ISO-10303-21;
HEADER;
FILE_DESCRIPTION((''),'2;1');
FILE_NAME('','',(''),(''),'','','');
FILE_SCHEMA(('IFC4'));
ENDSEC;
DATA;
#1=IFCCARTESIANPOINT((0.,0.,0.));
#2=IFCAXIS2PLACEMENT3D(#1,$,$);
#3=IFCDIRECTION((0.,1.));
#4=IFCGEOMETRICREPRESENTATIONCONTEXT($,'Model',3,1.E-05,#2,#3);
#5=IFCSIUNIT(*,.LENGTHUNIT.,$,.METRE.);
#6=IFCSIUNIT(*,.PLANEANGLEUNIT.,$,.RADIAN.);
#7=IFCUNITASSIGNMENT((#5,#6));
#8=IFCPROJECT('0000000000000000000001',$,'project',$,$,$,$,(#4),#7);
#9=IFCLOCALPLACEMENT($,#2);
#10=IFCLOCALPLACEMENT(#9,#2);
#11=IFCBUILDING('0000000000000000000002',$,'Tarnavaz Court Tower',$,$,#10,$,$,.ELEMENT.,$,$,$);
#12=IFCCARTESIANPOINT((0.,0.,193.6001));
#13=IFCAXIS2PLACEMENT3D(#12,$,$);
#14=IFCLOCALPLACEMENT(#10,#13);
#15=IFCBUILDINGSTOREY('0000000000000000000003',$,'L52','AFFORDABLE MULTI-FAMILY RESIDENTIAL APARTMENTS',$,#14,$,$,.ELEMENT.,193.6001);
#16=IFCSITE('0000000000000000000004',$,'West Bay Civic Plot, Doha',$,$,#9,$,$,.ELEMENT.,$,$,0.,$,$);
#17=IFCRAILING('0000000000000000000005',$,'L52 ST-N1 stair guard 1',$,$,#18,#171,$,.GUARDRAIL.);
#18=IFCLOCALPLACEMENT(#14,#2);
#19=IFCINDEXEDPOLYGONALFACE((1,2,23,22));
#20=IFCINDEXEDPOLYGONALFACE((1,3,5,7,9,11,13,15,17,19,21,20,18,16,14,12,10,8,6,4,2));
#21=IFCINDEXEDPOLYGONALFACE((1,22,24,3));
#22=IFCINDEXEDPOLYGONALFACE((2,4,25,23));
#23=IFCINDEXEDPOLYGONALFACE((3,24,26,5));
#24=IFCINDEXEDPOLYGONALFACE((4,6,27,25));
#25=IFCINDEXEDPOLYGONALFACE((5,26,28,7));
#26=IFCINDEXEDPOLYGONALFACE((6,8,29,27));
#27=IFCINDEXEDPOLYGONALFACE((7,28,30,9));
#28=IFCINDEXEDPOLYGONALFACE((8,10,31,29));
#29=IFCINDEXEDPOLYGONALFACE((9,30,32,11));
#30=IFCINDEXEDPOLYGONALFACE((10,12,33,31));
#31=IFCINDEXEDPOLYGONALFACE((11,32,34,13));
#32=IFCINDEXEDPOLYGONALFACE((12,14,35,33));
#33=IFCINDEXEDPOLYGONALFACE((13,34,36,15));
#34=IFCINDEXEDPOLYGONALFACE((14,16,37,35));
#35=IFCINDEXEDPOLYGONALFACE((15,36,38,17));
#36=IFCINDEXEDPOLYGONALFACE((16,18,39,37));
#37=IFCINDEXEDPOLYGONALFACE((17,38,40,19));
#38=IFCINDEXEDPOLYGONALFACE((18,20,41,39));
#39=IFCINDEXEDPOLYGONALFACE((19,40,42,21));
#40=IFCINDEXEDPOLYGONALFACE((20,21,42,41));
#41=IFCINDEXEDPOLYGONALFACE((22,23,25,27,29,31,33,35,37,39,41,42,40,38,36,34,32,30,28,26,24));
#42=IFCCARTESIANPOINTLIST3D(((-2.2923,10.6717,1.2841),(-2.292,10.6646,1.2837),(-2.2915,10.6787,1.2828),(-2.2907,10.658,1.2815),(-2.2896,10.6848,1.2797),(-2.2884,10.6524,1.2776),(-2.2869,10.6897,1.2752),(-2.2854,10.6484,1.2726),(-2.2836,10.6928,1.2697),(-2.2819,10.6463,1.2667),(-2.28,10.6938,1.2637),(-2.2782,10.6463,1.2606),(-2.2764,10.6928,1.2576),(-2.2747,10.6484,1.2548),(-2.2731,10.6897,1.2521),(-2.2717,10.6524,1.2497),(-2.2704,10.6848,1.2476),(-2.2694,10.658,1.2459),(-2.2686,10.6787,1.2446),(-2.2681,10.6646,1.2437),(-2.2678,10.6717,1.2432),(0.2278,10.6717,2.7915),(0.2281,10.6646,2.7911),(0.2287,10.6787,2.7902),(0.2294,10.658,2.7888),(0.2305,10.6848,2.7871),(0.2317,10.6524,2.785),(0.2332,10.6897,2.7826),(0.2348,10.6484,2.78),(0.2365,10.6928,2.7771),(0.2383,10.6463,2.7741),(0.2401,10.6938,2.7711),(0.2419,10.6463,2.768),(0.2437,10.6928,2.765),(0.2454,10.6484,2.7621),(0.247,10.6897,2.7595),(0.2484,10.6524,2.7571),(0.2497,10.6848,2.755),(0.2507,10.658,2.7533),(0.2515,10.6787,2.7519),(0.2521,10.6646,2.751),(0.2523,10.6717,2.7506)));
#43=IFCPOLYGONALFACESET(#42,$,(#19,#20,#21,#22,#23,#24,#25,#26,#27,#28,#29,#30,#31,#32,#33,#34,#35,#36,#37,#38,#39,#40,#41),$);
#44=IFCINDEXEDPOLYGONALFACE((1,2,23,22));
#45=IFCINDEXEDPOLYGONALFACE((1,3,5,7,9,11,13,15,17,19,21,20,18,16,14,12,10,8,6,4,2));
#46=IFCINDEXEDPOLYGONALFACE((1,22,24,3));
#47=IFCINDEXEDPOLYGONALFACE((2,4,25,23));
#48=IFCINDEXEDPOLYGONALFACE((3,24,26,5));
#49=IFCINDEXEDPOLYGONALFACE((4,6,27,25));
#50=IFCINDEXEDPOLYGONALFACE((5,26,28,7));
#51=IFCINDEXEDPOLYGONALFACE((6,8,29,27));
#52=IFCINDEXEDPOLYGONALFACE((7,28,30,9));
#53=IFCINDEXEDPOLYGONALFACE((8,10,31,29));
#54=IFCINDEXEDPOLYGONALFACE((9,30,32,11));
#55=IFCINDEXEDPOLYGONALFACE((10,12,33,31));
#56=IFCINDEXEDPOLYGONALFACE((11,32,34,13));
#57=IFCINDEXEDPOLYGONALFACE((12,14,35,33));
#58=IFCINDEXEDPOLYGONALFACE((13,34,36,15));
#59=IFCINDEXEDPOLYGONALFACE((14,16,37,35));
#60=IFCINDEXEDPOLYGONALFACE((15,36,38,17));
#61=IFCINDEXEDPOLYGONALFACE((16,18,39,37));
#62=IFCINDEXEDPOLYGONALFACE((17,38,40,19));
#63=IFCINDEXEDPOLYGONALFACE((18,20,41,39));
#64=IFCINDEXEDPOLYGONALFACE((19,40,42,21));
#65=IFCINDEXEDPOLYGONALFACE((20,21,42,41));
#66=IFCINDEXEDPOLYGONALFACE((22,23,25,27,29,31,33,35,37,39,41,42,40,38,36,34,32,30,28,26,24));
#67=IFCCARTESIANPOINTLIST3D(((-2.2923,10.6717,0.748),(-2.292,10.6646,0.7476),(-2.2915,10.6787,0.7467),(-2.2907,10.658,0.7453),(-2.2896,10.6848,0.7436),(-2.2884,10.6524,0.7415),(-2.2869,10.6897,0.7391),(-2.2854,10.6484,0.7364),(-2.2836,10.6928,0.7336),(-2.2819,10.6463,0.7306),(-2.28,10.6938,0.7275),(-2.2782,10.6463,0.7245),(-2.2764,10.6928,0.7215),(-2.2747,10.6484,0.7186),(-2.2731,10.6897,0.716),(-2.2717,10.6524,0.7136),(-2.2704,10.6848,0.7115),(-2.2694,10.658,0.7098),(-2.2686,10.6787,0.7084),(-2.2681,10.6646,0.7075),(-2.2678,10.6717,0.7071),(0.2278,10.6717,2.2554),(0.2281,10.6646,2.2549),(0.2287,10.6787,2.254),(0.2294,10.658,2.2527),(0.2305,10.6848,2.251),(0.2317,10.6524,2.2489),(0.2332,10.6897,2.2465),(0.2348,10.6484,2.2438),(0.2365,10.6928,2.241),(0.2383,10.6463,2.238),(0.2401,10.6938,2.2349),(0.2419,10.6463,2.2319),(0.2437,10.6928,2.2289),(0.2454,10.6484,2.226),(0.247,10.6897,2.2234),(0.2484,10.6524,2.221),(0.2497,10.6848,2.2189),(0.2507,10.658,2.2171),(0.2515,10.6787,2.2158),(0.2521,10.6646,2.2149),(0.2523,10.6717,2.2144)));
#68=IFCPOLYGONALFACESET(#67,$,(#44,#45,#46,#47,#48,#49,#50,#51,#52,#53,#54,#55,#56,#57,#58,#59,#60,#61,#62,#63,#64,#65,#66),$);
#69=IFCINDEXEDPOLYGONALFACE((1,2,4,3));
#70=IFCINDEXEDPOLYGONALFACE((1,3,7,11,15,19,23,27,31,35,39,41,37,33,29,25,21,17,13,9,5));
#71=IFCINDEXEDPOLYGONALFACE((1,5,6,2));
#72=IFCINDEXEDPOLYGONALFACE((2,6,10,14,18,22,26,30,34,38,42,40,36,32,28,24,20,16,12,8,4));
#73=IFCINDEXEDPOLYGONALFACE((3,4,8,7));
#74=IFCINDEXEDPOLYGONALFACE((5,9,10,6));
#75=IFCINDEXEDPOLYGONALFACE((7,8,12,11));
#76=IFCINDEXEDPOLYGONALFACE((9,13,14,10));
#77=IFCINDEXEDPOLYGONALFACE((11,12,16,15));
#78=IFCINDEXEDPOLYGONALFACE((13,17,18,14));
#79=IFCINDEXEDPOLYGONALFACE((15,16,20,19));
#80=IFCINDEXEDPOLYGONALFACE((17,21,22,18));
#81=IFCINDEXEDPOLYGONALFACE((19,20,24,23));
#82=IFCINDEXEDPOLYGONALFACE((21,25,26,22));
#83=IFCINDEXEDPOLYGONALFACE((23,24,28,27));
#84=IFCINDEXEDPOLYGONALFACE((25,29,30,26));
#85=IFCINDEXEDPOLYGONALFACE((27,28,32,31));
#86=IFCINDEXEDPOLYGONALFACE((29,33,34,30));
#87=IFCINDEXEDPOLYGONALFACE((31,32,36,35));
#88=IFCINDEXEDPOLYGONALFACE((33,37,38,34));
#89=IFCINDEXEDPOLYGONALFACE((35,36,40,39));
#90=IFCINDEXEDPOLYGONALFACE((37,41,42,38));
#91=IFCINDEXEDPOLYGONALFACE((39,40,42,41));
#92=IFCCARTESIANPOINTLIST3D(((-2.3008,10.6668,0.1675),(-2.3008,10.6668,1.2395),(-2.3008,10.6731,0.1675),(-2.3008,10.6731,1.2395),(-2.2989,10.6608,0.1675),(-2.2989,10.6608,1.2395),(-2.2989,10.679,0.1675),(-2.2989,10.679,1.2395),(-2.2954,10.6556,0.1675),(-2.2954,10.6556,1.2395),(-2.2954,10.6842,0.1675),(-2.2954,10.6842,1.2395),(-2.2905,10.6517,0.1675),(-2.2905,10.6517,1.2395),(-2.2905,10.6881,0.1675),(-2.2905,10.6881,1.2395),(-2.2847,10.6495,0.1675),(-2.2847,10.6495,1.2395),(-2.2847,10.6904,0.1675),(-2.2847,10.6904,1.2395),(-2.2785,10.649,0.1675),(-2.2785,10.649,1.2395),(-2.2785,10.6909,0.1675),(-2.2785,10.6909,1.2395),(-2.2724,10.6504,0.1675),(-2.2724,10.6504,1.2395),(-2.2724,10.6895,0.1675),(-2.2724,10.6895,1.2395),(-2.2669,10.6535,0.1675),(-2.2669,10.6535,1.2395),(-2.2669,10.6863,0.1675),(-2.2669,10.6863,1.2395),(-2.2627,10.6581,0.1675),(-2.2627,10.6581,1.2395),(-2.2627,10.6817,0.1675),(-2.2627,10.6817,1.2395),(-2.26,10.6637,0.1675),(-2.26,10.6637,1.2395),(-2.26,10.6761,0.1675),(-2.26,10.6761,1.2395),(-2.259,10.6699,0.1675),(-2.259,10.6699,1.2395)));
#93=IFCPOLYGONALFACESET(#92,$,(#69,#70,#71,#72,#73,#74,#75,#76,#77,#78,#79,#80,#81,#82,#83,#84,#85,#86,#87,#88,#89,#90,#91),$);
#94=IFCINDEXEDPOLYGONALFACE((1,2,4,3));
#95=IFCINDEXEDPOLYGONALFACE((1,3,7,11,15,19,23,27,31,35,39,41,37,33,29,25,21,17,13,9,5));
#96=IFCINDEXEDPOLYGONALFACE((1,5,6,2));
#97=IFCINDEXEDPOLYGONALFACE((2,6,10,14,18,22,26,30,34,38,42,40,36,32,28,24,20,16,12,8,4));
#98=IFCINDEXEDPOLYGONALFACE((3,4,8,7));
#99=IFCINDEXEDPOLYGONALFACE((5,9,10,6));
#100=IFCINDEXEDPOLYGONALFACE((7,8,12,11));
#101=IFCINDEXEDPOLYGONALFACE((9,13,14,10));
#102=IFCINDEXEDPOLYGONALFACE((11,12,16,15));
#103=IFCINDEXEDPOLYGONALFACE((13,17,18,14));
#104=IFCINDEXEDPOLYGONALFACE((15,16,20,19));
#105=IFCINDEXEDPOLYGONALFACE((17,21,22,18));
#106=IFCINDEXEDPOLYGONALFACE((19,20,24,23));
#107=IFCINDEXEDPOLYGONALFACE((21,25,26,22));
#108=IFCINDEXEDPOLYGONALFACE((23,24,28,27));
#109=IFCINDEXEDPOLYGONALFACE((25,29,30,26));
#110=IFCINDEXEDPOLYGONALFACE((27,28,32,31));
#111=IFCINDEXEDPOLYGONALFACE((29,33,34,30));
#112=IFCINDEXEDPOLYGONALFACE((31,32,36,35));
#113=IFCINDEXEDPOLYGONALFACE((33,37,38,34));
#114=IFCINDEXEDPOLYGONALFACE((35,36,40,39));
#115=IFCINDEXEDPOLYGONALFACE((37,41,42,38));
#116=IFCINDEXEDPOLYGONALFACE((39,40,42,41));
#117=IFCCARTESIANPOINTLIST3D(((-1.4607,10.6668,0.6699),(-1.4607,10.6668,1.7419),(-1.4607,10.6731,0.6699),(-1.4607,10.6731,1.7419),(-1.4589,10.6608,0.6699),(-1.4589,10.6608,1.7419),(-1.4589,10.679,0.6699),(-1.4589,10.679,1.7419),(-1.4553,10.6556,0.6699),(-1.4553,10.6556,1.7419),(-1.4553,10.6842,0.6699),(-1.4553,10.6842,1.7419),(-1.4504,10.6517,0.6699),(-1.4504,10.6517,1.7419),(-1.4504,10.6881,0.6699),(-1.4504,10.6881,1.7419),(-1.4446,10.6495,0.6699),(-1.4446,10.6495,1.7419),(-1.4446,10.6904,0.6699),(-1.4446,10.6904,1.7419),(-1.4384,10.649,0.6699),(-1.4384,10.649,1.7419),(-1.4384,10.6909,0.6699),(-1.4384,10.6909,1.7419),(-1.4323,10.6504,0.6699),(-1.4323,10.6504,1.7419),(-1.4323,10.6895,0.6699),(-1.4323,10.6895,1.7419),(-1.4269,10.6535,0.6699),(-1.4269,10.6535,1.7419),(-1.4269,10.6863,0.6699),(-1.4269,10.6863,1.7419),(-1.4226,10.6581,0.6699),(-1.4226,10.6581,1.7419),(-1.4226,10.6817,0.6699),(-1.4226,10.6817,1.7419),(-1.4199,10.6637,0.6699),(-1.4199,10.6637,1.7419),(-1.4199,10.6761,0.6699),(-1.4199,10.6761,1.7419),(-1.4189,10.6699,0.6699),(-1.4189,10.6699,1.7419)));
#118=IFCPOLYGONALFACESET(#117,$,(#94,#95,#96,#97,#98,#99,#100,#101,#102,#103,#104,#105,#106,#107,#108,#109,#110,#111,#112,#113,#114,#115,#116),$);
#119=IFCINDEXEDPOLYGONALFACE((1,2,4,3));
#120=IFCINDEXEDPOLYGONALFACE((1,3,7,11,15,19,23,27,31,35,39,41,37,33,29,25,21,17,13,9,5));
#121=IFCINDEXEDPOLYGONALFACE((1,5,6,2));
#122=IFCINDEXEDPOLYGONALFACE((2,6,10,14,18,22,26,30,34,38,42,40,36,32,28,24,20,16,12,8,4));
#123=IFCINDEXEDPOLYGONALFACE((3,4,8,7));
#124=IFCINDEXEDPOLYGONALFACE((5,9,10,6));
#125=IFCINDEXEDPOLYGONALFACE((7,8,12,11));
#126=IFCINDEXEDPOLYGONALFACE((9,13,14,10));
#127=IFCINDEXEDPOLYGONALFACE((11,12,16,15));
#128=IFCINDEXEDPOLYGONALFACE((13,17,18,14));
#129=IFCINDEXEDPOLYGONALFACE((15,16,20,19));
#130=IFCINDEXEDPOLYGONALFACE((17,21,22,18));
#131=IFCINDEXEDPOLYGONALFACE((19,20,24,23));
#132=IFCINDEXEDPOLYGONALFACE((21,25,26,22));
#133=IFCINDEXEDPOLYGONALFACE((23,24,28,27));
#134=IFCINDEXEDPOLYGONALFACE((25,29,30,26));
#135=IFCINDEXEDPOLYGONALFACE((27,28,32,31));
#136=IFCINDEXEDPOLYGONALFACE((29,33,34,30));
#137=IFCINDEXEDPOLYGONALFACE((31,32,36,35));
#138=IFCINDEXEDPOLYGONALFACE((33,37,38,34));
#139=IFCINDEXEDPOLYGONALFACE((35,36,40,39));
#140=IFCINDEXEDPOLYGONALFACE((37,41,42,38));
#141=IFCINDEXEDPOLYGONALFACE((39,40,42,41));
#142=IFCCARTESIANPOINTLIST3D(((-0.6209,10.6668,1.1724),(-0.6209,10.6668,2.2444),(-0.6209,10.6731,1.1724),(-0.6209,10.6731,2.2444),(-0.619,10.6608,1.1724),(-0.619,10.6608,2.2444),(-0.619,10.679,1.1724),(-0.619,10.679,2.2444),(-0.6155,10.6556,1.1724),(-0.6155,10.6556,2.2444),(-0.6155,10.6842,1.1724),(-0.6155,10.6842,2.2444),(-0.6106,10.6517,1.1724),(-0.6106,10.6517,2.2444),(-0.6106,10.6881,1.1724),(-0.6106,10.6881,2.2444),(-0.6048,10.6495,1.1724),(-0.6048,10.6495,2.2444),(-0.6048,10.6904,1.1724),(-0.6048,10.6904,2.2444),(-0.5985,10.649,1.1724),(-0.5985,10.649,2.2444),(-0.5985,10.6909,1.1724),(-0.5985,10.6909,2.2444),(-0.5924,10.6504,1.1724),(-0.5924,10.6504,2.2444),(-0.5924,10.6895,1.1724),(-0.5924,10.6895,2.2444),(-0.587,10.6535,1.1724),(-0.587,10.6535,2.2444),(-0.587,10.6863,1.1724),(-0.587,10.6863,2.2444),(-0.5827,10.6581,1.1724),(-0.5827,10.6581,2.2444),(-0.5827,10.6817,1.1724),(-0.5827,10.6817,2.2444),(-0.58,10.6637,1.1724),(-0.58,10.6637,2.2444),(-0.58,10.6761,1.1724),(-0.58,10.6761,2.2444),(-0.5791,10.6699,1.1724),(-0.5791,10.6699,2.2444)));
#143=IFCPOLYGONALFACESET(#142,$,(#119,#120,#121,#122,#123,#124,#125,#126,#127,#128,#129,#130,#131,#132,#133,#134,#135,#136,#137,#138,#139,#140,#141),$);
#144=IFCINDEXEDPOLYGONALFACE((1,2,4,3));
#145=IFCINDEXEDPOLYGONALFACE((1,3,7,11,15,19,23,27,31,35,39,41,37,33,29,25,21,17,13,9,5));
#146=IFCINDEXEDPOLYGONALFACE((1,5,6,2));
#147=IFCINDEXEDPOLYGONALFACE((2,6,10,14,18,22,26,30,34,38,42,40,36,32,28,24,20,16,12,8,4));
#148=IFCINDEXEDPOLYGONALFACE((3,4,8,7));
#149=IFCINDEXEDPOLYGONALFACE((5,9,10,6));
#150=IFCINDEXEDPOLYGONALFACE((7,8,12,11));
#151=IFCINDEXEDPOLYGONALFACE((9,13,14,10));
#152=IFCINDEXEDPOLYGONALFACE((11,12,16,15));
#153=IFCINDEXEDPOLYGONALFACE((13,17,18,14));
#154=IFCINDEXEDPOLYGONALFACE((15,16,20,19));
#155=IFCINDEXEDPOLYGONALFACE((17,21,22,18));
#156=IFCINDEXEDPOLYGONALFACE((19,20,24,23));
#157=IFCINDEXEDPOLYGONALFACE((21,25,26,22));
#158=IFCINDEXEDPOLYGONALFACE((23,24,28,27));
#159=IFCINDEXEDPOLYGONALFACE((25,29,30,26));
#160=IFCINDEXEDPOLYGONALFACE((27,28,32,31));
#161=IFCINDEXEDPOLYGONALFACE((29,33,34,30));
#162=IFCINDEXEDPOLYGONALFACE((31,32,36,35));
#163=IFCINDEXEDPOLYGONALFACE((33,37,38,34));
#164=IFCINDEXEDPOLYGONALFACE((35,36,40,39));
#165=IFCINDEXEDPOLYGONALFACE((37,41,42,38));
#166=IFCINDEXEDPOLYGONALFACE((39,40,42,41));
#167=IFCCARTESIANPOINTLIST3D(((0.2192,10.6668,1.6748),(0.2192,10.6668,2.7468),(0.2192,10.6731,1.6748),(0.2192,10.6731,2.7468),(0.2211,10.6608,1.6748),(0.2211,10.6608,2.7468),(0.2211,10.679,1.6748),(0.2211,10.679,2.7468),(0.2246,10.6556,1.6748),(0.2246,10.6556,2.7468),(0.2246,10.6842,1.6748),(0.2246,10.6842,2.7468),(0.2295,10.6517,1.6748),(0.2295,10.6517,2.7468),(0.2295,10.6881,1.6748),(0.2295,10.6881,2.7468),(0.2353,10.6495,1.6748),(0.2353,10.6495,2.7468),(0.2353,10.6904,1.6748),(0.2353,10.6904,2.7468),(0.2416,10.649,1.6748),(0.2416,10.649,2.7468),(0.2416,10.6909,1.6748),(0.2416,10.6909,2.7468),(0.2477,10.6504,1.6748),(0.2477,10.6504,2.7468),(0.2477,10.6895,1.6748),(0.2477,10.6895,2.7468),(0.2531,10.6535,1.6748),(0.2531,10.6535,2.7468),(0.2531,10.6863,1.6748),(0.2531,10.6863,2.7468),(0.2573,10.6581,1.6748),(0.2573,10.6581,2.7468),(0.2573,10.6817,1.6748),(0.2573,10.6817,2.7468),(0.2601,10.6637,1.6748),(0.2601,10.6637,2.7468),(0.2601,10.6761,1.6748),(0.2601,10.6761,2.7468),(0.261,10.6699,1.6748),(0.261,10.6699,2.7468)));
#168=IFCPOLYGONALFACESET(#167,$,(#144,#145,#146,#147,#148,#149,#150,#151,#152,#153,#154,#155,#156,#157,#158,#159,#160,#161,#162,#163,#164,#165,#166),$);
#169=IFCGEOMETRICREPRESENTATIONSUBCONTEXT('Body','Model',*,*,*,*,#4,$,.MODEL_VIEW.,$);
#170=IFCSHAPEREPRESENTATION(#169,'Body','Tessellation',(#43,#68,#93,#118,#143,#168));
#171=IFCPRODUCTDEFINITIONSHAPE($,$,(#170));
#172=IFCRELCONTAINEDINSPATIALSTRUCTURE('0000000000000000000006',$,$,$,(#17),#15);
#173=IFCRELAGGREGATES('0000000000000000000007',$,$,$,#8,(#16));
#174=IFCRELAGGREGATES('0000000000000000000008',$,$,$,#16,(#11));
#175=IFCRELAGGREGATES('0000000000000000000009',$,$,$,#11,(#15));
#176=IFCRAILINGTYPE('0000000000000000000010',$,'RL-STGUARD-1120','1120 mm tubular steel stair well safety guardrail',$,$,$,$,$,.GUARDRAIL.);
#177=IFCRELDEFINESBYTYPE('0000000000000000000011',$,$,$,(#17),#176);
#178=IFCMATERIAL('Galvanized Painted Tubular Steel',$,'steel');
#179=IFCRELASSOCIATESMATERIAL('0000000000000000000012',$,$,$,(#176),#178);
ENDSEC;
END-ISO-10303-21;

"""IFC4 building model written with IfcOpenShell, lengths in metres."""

from ifc_helpers import new_model, si_unit, direction, frame, origin, origin_2d, place, context, subcontext, project, spatial, circle, extrude, material, type_object, element, save


model = new_model("IFC4")

# Units and contexts
model_context = context("Model", 3, precision=1e-05, world=origin(), true_north=direction((0.0, 1.0)))
body_context = subcontext(model_context, "Body", "Model", "MODEL_VIEW")
ifc_project = project(units=[si_unit("LENGTHUNIT", "METRE"), si_unit("PLANEANGLEUNIT", "RADIAN")], contexts=[model_context])

# Site, building, storey
site_placement = place(None, origin())
site = spatial("IfcSite", under=ifc_project, at=site_placement, Name="West Bay Civic Plot, Doha", CompositionType="ELEMENT", RefElevation=0.0)
building_placement = place(site_placement, origin())
building = spatial("IfcBuilding", under=site, at=building_placement, Name="Tarnavaz Court Tower", CompositionType="ELEMENT")
storey_placement = place(building_placement, frame((0.0, 0.0, 193.6001)))
storey = spatial("IfcBuildingStorey", under=building, at=storey_placement, Name="L52", Description="AFFORDABLE MULTI-FAMILY RESIDENTIAL APARTMENTS", CompositionType="ELEMENT", Elevation=193.6001)

# Railing
ifc_material_1 = material(Name="Galvanized Painted Tubular Steel", Category="steel")
railing_type_1 = type_object("IfcRailingType", Name="RL-STGUARD-1120", Description="1120 mm tubular steel stair well safety guardrail", PredefinedType="GUARDRAIL", material=ifc_material_1)
railing_1_placement = place(storey_placement, frame((-2.28, 10.6699, 0.1675)))
element("IfcRailing", 1, at=railing_1_placement, inside=storey, type_object=railing_type_1, Name="L52 ST-N1 stair guard 1", PredefinedType="GUARDRAIL", context=body_context, shape_type="SweptSolid", body=[
    extrude(circle(Radius=0.0239, at=origin_2d()), frame((0.0, 0.0, 1.0962), z_axis=(0.858196, 0.0, 0.513321), x_axis=(0.0, 1.0, 0.0)), (0.0, 0.0, 1.0), 2.9365),
    extrude(circle(Radius=0.0239, at=origin_2d()), frame((0.0, 0.0, 0.5601), z_axis=(0.858196, 0.0, 0.513321), x_axis=(0.0, 1.0, 0.0)), (0.0, 0.0, 1.0), 2.9365),
    extrude(circle(Radius=0.021, at=origin_2d()), origin(), (0.0, 0.0, 1.0), 1.072),
    extrude(circle(Radius=0.021, at=origin_2d()), frame((0.8401, 0.0, 0.5024)), (0.0, 0.0, 1.0), 1.072),
    extrude(circle(Radius=0.021, at=origin_2d()), frame((1.6799, 0.0, 1.0049)), (0.0, 0.0, 1.0), 1.072),
    extrude(circle(Radius=0.021, at=origin_2d()), frame((2.52, 0.0, 1.5073)), (0.0, 0.0, 1.0), 1.072),
])

save(model, "model.ifc")
